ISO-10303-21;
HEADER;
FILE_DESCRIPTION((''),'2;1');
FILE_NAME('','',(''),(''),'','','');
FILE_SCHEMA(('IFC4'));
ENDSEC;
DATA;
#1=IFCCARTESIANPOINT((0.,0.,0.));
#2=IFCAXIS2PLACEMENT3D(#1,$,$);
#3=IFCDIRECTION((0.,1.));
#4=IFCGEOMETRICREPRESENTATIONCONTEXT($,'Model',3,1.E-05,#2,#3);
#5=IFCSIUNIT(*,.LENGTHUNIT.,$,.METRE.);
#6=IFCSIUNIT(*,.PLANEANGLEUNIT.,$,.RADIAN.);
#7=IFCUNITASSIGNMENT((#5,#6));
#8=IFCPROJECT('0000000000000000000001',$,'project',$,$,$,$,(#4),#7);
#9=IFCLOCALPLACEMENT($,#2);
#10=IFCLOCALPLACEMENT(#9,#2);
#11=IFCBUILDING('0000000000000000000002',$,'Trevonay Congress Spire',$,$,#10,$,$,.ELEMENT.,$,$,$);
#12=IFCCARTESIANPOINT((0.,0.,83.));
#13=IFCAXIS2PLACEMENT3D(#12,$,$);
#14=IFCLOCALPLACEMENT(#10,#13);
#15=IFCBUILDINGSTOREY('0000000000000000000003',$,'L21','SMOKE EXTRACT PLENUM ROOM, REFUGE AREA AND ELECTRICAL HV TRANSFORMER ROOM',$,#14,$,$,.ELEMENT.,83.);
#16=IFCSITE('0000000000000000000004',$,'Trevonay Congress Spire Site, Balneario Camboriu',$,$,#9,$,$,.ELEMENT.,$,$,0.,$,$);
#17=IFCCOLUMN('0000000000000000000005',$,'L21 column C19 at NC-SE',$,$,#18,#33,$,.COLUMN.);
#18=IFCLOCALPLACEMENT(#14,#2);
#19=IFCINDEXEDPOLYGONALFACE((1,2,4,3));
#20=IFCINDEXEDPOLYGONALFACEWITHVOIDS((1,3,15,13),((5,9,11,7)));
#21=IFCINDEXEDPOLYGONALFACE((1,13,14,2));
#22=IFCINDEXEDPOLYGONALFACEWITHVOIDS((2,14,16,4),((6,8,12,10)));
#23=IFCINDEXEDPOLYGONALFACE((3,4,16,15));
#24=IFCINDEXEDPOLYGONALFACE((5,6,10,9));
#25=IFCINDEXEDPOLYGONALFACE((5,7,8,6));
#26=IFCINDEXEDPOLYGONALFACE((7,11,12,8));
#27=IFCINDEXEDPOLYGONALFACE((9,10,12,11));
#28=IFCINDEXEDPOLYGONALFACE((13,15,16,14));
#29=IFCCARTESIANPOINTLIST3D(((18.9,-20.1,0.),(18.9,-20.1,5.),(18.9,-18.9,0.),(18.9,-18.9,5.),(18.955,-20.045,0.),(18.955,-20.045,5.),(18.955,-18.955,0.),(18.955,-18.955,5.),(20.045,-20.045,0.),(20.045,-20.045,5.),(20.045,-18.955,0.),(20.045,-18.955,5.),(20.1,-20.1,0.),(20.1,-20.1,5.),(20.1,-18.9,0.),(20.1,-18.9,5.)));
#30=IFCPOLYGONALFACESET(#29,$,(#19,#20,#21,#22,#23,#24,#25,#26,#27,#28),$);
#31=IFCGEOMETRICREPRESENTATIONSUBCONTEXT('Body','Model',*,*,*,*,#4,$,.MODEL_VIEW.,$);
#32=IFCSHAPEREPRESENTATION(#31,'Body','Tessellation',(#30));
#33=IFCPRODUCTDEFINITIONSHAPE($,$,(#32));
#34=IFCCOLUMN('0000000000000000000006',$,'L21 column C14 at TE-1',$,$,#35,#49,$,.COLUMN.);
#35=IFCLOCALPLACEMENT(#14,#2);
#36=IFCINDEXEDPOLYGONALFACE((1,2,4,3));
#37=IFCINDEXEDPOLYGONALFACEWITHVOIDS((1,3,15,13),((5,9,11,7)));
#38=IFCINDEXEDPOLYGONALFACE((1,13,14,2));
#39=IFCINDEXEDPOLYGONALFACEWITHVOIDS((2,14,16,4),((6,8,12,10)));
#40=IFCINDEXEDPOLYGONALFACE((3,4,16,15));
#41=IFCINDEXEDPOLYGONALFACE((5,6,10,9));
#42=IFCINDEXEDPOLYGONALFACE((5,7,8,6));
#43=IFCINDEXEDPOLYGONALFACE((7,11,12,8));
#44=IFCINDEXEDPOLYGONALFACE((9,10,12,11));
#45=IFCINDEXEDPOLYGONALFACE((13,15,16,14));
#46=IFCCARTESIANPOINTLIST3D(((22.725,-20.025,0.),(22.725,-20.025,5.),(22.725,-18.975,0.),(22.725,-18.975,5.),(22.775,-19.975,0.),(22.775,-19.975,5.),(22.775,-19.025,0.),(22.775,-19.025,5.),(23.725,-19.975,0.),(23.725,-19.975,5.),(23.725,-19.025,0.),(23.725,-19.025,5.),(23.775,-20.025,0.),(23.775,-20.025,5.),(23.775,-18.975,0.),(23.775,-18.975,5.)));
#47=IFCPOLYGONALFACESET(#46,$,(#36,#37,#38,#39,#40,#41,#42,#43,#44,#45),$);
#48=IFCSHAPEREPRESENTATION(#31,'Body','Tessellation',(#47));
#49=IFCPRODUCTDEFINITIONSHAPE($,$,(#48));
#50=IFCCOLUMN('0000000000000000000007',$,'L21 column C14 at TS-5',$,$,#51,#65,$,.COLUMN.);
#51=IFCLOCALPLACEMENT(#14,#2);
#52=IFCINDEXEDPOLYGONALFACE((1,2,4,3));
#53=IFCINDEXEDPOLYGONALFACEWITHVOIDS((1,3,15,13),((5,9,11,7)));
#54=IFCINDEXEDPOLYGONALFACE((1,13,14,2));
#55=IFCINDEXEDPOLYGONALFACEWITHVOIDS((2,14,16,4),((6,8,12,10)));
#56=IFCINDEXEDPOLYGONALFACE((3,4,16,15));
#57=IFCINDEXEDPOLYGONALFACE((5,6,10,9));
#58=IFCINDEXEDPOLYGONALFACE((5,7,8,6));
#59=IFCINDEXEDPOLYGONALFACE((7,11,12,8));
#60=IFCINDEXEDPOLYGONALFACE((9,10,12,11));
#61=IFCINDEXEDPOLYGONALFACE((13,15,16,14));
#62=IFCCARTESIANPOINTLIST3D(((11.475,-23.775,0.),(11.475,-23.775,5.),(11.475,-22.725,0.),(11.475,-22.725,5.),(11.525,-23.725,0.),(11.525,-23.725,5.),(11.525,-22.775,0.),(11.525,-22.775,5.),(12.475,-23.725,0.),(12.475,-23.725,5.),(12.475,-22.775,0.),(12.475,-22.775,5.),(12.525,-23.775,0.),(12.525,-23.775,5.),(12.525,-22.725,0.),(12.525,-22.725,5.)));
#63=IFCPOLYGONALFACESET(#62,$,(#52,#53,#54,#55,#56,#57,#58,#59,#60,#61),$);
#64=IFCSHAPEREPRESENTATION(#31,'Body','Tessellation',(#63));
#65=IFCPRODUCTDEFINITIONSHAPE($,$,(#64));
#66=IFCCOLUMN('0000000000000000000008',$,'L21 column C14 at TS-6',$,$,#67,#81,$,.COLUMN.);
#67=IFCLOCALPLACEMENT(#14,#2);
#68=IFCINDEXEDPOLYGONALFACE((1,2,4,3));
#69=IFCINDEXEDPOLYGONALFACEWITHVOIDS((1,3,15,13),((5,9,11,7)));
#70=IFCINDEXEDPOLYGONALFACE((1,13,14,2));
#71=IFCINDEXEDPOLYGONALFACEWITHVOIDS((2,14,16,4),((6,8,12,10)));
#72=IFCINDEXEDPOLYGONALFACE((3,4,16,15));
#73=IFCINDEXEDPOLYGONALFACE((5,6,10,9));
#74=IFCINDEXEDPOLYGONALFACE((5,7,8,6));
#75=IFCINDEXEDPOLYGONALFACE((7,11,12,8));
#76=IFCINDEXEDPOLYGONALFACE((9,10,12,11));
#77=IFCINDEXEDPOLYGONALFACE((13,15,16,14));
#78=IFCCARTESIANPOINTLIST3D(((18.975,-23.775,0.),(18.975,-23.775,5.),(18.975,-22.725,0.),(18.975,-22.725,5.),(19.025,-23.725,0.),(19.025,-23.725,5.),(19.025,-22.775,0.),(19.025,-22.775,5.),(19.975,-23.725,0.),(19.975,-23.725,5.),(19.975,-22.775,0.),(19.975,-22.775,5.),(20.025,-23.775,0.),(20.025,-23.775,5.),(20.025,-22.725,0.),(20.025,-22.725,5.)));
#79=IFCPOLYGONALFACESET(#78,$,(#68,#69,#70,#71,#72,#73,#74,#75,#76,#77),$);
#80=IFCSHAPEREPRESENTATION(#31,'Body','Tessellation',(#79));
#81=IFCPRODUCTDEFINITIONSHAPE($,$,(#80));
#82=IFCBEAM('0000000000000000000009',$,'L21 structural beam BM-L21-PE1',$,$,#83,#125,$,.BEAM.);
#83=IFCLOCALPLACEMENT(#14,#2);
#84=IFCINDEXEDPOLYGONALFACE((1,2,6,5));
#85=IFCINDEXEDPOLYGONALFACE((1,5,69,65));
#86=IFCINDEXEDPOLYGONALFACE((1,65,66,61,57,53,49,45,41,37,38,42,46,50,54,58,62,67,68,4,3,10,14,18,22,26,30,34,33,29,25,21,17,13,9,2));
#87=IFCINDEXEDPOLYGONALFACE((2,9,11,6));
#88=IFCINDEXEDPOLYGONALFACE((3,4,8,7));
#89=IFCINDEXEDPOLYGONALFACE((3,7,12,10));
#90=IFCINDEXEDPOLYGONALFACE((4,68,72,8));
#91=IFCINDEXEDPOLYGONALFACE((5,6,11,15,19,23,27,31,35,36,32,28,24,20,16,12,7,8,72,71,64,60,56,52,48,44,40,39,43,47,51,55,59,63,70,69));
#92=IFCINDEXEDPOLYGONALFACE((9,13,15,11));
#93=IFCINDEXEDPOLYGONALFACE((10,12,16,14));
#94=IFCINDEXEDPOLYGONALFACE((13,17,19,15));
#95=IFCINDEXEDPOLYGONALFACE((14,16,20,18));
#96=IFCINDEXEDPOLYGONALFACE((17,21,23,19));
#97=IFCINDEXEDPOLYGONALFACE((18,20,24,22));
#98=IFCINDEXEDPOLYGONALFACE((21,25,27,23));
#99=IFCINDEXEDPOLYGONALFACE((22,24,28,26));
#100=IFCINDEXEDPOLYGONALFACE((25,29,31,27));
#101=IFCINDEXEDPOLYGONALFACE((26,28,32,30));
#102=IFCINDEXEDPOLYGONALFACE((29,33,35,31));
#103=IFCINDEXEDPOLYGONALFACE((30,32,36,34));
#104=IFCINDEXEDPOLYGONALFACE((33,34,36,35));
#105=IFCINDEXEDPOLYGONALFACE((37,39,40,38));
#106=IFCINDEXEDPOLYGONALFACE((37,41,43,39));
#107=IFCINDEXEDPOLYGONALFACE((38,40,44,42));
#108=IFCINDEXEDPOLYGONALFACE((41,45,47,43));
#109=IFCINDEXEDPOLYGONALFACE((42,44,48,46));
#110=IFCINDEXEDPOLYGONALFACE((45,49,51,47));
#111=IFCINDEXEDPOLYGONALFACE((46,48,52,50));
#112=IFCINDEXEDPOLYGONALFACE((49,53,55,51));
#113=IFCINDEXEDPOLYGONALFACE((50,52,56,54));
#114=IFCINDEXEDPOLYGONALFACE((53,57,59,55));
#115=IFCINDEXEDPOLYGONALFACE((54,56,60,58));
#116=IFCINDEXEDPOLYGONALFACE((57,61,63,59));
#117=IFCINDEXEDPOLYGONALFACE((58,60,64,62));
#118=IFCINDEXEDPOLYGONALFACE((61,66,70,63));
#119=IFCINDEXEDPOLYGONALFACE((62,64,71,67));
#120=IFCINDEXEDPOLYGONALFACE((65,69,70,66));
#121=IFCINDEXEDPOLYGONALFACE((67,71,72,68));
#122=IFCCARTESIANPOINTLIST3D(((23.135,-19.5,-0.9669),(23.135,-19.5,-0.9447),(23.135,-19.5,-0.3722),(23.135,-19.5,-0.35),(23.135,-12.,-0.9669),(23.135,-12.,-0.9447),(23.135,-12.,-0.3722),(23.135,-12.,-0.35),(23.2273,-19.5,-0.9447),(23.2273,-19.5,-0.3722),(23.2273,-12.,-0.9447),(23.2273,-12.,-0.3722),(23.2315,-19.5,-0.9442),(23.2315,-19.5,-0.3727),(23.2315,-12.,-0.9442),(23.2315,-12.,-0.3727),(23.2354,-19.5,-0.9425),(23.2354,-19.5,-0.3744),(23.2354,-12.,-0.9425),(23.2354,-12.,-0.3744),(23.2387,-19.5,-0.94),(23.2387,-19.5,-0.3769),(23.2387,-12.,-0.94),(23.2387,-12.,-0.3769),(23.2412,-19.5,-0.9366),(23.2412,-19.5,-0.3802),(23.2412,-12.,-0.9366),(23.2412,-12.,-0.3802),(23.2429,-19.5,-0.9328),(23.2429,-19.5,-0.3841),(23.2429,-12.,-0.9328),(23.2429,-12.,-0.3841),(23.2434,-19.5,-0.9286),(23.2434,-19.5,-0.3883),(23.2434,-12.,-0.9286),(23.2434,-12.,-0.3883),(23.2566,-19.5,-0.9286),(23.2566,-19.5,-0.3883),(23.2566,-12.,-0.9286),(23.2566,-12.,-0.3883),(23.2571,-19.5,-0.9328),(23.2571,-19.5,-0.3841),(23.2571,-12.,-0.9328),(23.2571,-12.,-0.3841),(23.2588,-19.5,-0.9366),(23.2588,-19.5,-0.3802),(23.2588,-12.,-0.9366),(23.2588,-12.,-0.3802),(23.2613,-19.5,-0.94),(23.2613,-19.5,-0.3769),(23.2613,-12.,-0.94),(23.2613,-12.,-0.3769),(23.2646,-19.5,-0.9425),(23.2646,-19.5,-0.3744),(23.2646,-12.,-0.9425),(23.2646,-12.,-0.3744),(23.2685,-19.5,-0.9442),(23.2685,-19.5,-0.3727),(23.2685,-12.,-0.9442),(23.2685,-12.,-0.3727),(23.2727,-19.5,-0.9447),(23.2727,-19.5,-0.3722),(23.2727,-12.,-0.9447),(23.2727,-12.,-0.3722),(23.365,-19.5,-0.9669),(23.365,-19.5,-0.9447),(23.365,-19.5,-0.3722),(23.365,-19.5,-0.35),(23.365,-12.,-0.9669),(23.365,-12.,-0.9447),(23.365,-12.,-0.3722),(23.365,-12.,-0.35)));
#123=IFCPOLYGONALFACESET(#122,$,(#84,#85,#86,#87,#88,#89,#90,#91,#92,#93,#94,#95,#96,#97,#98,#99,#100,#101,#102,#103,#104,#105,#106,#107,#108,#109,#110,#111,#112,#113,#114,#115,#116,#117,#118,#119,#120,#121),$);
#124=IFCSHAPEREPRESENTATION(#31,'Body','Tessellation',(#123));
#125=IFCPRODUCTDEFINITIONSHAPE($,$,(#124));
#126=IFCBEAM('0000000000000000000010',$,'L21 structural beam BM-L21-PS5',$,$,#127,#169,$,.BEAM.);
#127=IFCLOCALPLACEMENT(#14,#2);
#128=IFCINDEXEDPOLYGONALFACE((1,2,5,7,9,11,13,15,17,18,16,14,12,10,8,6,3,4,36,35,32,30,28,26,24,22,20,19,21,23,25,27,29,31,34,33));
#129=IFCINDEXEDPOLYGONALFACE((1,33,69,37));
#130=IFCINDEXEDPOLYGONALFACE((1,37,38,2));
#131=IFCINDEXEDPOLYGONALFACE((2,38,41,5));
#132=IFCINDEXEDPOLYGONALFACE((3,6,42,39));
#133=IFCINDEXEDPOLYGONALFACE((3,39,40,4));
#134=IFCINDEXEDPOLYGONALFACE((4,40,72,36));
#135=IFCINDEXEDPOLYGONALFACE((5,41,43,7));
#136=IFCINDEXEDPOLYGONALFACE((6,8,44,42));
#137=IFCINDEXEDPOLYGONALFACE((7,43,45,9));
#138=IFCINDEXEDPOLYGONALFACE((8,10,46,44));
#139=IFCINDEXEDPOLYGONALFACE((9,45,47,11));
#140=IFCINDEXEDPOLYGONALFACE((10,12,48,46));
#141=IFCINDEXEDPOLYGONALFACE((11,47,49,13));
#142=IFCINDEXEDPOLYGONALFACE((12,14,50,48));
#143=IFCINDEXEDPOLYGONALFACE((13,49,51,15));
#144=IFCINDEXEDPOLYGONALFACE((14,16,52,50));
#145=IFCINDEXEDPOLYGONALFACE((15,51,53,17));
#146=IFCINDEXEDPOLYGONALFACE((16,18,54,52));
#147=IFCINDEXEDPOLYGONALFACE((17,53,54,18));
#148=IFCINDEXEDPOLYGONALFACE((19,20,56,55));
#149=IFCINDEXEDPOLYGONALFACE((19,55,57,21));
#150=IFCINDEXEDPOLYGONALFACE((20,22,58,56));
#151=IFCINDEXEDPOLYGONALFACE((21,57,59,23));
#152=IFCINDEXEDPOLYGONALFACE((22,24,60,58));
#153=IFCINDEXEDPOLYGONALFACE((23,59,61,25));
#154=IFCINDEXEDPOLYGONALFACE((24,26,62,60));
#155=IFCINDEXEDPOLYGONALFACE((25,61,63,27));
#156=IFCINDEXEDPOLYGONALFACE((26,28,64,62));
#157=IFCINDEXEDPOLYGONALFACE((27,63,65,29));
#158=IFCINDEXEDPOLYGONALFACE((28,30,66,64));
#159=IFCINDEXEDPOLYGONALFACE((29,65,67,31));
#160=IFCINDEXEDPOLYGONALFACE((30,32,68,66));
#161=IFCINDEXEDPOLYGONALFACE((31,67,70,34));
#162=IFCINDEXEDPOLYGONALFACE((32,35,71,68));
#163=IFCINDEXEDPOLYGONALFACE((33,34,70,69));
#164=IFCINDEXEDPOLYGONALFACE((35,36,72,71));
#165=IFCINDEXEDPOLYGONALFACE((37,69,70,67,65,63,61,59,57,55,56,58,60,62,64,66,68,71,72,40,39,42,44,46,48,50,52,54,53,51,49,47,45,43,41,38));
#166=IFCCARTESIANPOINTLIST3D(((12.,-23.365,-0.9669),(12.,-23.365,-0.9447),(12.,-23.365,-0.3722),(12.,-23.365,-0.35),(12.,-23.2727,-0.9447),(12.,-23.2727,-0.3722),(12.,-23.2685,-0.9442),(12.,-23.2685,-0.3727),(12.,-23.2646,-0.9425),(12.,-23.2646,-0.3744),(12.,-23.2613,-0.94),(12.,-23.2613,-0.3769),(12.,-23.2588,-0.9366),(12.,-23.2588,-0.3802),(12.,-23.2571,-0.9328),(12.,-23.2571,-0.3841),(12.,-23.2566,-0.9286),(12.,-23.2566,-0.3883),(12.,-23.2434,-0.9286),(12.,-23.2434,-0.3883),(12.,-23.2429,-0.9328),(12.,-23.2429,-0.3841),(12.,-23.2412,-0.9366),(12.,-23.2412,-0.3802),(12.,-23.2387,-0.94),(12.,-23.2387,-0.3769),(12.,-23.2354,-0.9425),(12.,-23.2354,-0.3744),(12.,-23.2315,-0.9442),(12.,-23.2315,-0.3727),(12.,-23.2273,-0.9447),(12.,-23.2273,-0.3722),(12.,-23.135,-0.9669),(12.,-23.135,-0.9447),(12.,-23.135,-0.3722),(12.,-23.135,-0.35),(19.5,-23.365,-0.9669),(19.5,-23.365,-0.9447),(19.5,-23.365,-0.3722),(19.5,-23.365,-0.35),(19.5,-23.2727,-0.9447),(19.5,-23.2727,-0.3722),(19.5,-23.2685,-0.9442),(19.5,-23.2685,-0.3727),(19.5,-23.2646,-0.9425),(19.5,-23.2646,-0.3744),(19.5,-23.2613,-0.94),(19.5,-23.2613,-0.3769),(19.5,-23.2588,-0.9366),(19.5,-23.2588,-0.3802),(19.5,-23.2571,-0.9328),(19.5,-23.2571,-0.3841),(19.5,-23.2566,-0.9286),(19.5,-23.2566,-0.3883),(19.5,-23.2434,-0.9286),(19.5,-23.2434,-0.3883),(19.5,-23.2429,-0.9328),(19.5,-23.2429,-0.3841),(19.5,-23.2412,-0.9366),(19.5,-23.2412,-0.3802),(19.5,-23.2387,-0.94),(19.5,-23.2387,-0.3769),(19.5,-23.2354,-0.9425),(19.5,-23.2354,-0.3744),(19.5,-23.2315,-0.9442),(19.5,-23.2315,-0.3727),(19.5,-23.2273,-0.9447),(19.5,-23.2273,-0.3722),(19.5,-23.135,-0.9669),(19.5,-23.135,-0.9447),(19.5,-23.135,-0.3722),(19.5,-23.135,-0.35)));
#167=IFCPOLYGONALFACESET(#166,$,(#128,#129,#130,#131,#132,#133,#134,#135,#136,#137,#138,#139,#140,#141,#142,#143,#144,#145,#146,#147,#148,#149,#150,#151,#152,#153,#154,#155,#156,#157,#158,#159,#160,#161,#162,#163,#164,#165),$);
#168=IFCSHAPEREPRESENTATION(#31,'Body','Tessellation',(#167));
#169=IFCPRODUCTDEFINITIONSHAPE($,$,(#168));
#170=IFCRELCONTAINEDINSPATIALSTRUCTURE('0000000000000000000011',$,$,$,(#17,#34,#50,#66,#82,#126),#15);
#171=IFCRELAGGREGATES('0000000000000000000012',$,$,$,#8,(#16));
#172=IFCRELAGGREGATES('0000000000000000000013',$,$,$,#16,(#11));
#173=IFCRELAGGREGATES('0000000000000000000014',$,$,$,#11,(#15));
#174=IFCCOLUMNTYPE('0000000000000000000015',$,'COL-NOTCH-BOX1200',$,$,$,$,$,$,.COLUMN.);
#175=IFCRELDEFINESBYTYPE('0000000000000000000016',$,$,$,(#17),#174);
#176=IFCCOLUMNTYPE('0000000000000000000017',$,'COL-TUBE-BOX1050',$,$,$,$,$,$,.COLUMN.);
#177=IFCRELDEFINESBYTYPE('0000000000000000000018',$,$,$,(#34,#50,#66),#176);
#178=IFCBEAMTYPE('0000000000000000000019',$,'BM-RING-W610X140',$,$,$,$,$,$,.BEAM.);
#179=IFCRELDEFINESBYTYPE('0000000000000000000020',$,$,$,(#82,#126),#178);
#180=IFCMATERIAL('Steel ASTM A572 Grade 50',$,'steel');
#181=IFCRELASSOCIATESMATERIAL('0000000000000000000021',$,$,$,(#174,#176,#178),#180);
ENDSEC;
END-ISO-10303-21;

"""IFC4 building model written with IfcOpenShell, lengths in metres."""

from ifc_helpers import new_model, si_unit, direction, frame, origin, origin_2d, place, context, subcontext, project, spatial, hollow_rectangle, i_section, extrude, material, material_profile, profile_set, type_object, element, save


model = new_model("IFC4")

# Units and contexts
model_context = context("Model", 3, precision=1e-05, world=origin(), true_north=direction((0.0, 1.0)))
body_context = subcontext(model_context, "Body", "Model", "MODEL_VIEW")
ifc_project = project(units=[si_unit("LENGTHUNIT", "METRE"), si_unit("PLANEANGLEUNIT", "RADIAN")], contexts=[model_context])

# Site, building, storey
site_placement = place(None, origin())
site = spatial("IfcSite", under=ifc_project, at=site_placement, Name="Trevonay Congress Spire Site, Balneario Camboriu", CompositionType="ELEMENT", RefElevation=0.0)
building_placement = place(site_placement, origin())
building = spatial("IfcBuilding", under=site, at=building_placement, Name="Trevonay Congress Spire", CompositionType="ELEMENT")
storey_placement = place(building_placement, frame((0.0, 0.0, 83.0)))
storey = spatial("IfcBuildingStorey", under=building, at=storey_placement, Name="L21", Description="SMOKE EXTRACT PLENUM ROOM, REFUGE AREA AND ELECTRICAL HV TRANSFORMER ROOM", CompositionType="ELEMENT", Elevation=83.0)

# Columns
ifc_material_1 = material(Name="Steel ASTM A572 Grade 50", Category="steel")
ifc_material_profile_1 = material_profile(ifc_material_1, hollow_rectangle(XDim=1.2, YDim=1.2, WallThickness=0.0549, at=origin_2d()), Name="BOX 1200x1200x55")
ifc_profile_set_1 = profile_set([ifc_material_profile_1], Name="Steel ASTM A572 Grade 50")
column_type_1 = type_object("IfcColumnType", Name="COL-NOTCH-BOX1200", PredefinedType="COLUMN", material=ifc_profile_set_1)
column_placement = place(storey_placement, frame((19.5, -19.5, 0.0), z_axis=(0.0, 0.0, 1.0), x_axis=(1.0, 0.0, 0.0)))
element("IfcColumn", 1, at=column_placement, inside=storey, type_object=column_type_1, Name="L21 column C19 at NC-SE", PredefinedType="COLUMN", context=body_context, shape_type="SweptSolid", body=[
    extrude(hollow_rectangle(XDim=1.2, YDim=1.2, WallThickness=0.0549, at=origin_2d()), origin(), (0.0, 0.0, 1.0), 5.0),
])
ifc_material_profile_2 = material_profile(ifc_material_1, hollow_rectangle(XDim=1.05, YDim=1.05, WallThickness=0.05, at=origin_2d()), Name="BOX 1050x1050x50")
ifc_profile_set_2 = profile_set([ifc_material_profile_2], Name="Steel ASTM A572 Grade 50")
column_type_2 = type_object("IfcColumnType", Name="COL-TUBE-BOX1050", PredefinedType="COLUMN", material=ifc_profile_set_2)
for number, where, z_axis, x_axis, name in (
    (2, (23.25, -19.5, 0.0), (0.0, 0.0, 1.0), (1.0, 0.0, 0.0), "L21 column C14 at TE-1"),
    (3, (12.0, -23.25, 0.0), (0.0, 0.0, 1.0), (1.0, 0.0, 0.0), "L21 column C14 at TS-5"),
    (4, (19.5, -23.25, 0.0), (0.0, 0.0, 1.0), (1.0, 0.0, 0.0), "L21 column C14 at TS-6"),
):
    element("IfcColumn", number, at=place(storey_placement, frame(where, z_axis=z_axis, x_axis=x_axis)), inside=storey, type_object=column_type_2, Name=name, PredefinedType="COLUMN", context=body_context, shape_type="SweptSolid", body=[
        extrude(hollow_rectangle(XDim=1.05, YDim=1.05, WallThickness=0.05, at=origin_2d()), origin(), (0.0, 0.0, 1.0), 5.0),
    ])

# Beams
ifc_material_profile_3 = material_profile(ifc_material_1, i_section(OverallWidth=0.23, OverallDepth=0.6169, WebThickness=0.0132, FlangeThickness=0.0222, FilletRadius=0.0161, at=origin_2d()), Name="W610x140")
ifc_profile_set_3 = profile_set([ifc_material_profile_3], Name="Steel ASTM A572 Grade 50")
beam_type_1 = type_object("IfcBeamType", Name="BM-RING-W610X140", PredefinedType="BEAM", material=ifc_profile_set_3)
for number, where, z_axis, x_axis, name in (
    (5, (23.25, -19.5, -0.6584), (0.0, 1.0, 0.0), (-1.0, 0.0, 0.0), "L21 structural beam BM-L21-PE1"),
    (6, (12.0, -23.25, -0.6584), (1.0, 0.0, 0.0), (0.0, 1.0, 0.0), "L21 structural beam BM-L21-PS5"),
):
    element("IfcBeam", number, at=place(storey_placement, frame(where, z_axis=z_axis, x_axis=x_axis)), inside=storey, type_object=beam_type_1, Name=name, PredefinedType="BEAM", context=body_context, shape_type="SweptSolid", body=[
        extrude(i_section(OverallWidth=0.23, OverallDepth=0.6169, WebThickness=0.0132, FlangeThickness=0.0222, FilletRadius=0.0161, at=origin_2d()), origin(), (0.0, 0.0, 1.0), 7.5),
    ])

save(model, "model.ifc")
